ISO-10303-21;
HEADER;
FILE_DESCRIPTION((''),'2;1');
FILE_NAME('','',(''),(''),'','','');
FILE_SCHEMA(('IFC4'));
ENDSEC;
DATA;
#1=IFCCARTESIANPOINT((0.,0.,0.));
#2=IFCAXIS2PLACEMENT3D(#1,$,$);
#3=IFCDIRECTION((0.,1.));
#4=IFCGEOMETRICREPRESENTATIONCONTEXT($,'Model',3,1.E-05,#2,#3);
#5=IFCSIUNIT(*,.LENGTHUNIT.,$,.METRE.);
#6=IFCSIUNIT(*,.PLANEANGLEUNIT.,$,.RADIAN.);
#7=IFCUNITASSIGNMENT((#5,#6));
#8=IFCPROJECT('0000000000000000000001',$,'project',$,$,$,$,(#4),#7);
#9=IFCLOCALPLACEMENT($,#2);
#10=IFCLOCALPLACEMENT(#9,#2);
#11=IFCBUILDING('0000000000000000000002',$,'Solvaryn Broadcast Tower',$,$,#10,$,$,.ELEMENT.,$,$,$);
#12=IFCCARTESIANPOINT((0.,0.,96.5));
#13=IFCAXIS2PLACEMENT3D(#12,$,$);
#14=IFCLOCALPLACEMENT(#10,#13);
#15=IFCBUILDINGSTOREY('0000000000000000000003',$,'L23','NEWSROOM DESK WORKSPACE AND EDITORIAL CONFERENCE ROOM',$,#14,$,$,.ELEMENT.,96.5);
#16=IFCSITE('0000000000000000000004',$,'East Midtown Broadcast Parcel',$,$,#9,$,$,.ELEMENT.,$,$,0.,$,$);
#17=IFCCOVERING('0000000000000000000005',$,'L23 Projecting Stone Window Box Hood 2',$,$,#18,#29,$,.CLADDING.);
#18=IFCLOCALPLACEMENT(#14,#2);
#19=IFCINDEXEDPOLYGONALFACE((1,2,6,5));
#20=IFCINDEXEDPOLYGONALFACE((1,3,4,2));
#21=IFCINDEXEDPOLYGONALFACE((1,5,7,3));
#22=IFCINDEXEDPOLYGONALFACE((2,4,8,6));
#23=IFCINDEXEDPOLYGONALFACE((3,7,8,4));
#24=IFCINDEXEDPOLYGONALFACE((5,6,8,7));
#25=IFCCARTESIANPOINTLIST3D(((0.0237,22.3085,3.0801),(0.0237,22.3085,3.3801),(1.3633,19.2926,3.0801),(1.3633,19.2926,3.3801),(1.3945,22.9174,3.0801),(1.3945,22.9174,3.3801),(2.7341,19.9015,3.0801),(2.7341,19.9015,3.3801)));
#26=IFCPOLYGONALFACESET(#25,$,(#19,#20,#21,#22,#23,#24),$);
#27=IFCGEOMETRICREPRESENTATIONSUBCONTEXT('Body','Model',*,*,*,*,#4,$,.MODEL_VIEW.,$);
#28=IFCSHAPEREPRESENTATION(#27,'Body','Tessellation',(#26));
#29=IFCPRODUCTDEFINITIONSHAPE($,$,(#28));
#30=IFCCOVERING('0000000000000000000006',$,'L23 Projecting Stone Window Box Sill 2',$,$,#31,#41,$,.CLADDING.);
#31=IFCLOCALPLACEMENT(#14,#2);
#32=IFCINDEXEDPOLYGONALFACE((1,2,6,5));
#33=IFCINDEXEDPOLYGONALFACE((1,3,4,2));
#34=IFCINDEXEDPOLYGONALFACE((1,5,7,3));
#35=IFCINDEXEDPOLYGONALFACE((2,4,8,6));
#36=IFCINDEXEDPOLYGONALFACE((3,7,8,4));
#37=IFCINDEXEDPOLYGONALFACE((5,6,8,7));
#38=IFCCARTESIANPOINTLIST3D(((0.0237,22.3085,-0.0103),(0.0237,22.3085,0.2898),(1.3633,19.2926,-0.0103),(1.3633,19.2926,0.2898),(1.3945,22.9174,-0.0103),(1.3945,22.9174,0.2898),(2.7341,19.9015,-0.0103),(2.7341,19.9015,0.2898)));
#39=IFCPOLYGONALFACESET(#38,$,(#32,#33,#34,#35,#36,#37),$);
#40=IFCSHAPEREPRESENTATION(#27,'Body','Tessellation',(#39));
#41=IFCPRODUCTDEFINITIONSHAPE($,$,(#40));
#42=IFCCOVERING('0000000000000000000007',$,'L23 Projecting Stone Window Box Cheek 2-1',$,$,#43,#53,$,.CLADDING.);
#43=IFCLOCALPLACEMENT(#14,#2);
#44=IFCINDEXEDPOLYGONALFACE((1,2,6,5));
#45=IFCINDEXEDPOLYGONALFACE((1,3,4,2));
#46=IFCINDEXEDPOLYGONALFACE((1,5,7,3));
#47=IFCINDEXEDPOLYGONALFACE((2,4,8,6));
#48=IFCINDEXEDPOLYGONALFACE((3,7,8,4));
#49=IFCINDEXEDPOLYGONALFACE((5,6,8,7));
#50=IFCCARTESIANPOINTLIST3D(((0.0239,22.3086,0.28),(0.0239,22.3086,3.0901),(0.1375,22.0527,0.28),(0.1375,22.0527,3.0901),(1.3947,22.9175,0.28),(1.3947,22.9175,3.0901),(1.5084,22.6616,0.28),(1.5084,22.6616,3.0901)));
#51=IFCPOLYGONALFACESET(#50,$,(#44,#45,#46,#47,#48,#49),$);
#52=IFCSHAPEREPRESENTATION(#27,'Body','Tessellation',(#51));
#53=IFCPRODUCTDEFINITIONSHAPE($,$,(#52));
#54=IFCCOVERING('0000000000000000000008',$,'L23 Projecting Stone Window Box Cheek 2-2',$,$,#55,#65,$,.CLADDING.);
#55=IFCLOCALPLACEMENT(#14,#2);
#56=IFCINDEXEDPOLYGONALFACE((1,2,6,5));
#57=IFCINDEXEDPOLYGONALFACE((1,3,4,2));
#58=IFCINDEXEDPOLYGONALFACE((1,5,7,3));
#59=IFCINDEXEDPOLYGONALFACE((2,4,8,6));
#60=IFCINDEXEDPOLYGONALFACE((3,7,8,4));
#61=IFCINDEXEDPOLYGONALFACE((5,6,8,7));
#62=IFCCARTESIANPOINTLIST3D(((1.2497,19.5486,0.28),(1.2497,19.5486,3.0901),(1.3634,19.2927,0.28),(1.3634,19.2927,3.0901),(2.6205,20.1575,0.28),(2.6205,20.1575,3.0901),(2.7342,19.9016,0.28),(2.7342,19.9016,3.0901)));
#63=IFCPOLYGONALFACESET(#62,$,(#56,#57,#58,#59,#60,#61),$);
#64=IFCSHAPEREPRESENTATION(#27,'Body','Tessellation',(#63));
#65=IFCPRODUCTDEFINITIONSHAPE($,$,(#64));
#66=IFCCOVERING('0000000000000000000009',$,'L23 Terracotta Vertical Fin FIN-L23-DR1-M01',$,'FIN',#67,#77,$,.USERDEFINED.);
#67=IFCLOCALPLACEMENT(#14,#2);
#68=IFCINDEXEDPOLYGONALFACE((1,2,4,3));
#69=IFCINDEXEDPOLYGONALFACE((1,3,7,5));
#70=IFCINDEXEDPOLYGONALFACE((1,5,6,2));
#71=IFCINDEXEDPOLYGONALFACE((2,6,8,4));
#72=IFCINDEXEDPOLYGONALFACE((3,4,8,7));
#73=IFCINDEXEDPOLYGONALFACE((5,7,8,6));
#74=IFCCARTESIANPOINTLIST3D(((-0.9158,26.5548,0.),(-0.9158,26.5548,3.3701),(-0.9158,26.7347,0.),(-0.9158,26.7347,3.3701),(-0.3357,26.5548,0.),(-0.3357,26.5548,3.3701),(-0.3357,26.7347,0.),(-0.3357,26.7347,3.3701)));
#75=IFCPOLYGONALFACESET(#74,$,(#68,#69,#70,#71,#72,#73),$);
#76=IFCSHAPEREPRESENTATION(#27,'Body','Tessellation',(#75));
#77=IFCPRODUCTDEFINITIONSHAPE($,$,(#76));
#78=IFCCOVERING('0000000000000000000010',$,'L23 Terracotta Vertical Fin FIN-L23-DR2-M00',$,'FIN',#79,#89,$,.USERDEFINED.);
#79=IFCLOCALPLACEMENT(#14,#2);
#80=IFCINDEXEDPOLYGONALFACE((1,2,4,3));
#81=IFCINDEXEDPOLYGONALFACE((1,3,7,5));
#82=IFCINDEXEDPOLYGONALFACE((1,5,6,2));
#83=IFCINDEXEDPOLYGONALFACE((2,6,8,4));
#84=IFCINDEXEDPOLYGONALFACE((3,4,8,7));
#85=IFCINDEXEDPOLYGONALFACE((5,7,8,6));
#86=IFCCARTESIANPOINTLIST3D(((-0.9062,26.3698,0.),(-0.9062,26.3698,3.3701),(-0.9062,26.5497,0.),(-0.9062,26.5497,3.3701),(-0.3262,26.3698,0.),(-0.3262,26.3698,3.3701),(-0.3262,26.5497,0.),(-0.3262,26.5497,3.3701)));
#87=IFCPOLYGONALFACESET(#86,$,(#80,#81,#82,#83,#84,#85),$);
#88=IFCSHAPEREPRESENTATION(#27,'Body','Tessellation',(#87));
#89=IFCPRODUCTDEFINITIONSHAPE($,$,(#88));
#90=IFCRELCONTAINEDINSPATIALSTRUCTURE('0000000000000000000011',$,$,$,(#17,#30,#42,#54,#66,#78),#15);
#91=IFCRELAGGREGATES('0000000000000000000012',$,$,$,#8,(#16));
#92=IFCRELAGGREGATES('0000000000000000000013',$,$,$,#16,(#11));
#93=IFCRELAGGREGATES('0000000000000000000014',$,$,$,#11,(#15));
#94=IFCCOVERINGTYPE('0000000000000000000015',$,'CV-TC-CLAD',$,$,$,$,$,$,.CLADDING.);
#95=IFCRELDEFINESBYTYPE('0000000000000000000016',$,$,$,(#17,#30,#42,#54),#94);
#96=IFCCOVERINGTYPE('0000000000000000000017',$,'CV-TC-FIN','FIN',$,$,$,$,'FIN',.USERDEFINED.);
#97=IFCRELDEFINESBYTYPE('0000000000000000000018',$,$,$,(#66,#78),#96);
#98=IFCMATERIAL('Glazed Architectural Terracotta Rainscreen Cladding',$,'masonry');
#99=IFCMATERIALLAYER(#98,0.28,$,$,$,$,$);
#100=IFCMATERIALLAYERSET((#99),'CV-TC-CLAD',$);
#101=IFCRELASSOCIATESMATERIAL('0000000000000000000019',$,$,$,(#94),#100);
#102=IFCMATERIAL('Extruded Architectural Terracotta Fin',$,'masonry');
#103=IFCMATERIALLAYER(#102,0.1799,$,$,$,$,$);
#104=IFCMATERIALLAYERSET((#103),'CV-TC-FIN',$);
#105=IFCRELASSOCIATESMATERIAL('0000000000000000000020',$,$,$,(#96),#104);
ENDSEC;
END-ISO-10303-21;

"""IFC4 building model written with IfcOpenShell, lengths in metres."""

from ifc_helpers import new_model, si_unit, direction, frame, origin, origin_2d, place, context, subcontext, project, spatial, rectangle, extrude, material, layer, layer_set, type_object, element, save


model = new_model("IFC4")

# Units and contexts
model_context = context("Model", 3, precision=1e-05, world=origin(), true_north=direction((0.0, 1.0)))
body_context = subcontext(model_context, "Body", "Model", "MODEL_VIEW")
ifc_project = project(units=[si_unit("LENGTHUNIT", "METRE"), si_unit("PLANEANGLEUNIT", "RADIAN")], contexts=[model_context])

# Site, building, storey
site_placement = place(None, origin())
site = spatial("IfcSite", under=ifc_project, at=site_placement, Name="East Midtown Broadcast Parcel", CompositionType="ELEMENT", RefElevation=0.0)
building_placement = place(site_placement, origin())
building = spatial("IfcBuilding", under=site, at=building_placement, Name="Solvaryn Broadcast Tower", CompositionType="ELEMENT")
storey_placement = place(building_placement, frame((0.0, 0.0, 96.5)))
storey = spatial("IfcBuildingStorey", under=building, at=storey_placement, Name="L23", Description="NEWSROOM DESK WORKSPACE AND EDITORIAL CONFERENCE ROOM", CompositionType="ELEMENT", Elevation=96.5)

# Coverings
ifc_material_1 = material(Name="Glazed Architectural Terracotta Rainscreen Cladding", Category="masonry")
ifc_layer_1 = layer(ifc_material_1, 0.28)
ifc_layer_set_1 = layer_set([ifc_layer_1], Name="CV-TC-CLAD")
covering_type_1 = type_object("IfcCoveringType", Name="CV-TC-CLAD", PredefinedType="CLADDING", material=ifc_layer_set_1)
for number, where, z_axis, x_axis, name in (
    (1, (1.3789, 21.105, 3.0801), (0.0, 0.0, 1.0), (0.405939, -0.9139, 0.0), "L23 Projecting Stone Window Box Hood 2"),
    (2, (1.3789, 21.105, -0.0103), (0.0, 0.0, 1.0), (0.405939, -0.9139, 0.0), "L23 Projecting Stone Window Box Sill 2"),
):
    element("IfcCovering", number, at=place(storey_placement, frame(where, z_axis=z_axis, x_axis=x_axis)), inside=storey, type_object=covering_type_1, Name=name, PredefinedType="CLADDING", context=body_context, shape_type="SweptSolid", body=[
        extrude(rectangle(XDim=3.3, YDim=1.5, at=origin_2d()), origin(), (0.0, 0.0, 1.0), 0.3),
    ])
for number, where, z_axis, x_axis, name in (
    (3, (0.7661, 22.4851, 0.28), (0.0, 0.0, 1.0), (0.405939, -0.9139, 0.0), "L23 Projecting Stone Window Box Cheek 2-1"),
    (4, (1.9919, 19.7251, 0.28), (0.0, 0.0, 1.0), (0.405939, -0.9139, 0.0), "L23 Projecting Stone Window Box Cheek 2-2"),
):
    element("IfcCovering", number, at=place(storey_placement, frame(where, z_axis=z_axis, x_axis=x_axis)), inside=storey, type_object=covering_type_1, Name=name, PredefinedType="CLADDING", context=body_context, shape_type="SweptSolid", body=[
        extrude(rectangle(XDim=0.28, YDim=1.5, at=origin_2d()), origin(), (0.0, 0.0, 1.0), 2.8101),
    ])
ifc_material_2 = material(Name="Extruded Architectural Terracotta Fin", Category="masonry")
ifc_layer_2 = layer(ifc_material_2, 0.1799)
ifc_layer_set_2 = layer_set([ifc_layer_2], Name="CV-TC-FIN")
covering_type_2 = type_object("IfcCoveringType", Name="CV-TC-FIN", Description="FIN", ElementType="FIN", PredefinedType="USERDEFINED", material=ifc_layer_set_2)
for number, where, z_axis, x_axis, name in (
    (5, (-0.6257, 26.6448, 0.0), (0.0, 0.0, 1.0), (1.0, 0.0, 0.0), "L23 Terracotta Vertical Fin FIN-L23-DR1-M01"),
    (6, (-0.6162, 26.4597, 0.0), (0.0, 0.0, 1.0), (1.0, 0.0, 0.0), "L23 Terracotta Vertical Fin FIN-L23-DR2-M00"),
):
    element("IfcCovering", number, at=place(storey_placement, frame(where, z_axis=z_axis, x_axis=x_axis)), inside=storey, type_object=covering_type_2, Name=name, ObjectType="FIN", PredefinedType="USERDEFINED", context=body_context, shape_type="SweptSolid", body=[
        extrude(rectangle(XDim=0.5801, YDim=0.1799, at=origin_2d()), origin(), (0.0, 0.0, 1.0), 3.3701),
    ])

save(model, "model.ifc")
